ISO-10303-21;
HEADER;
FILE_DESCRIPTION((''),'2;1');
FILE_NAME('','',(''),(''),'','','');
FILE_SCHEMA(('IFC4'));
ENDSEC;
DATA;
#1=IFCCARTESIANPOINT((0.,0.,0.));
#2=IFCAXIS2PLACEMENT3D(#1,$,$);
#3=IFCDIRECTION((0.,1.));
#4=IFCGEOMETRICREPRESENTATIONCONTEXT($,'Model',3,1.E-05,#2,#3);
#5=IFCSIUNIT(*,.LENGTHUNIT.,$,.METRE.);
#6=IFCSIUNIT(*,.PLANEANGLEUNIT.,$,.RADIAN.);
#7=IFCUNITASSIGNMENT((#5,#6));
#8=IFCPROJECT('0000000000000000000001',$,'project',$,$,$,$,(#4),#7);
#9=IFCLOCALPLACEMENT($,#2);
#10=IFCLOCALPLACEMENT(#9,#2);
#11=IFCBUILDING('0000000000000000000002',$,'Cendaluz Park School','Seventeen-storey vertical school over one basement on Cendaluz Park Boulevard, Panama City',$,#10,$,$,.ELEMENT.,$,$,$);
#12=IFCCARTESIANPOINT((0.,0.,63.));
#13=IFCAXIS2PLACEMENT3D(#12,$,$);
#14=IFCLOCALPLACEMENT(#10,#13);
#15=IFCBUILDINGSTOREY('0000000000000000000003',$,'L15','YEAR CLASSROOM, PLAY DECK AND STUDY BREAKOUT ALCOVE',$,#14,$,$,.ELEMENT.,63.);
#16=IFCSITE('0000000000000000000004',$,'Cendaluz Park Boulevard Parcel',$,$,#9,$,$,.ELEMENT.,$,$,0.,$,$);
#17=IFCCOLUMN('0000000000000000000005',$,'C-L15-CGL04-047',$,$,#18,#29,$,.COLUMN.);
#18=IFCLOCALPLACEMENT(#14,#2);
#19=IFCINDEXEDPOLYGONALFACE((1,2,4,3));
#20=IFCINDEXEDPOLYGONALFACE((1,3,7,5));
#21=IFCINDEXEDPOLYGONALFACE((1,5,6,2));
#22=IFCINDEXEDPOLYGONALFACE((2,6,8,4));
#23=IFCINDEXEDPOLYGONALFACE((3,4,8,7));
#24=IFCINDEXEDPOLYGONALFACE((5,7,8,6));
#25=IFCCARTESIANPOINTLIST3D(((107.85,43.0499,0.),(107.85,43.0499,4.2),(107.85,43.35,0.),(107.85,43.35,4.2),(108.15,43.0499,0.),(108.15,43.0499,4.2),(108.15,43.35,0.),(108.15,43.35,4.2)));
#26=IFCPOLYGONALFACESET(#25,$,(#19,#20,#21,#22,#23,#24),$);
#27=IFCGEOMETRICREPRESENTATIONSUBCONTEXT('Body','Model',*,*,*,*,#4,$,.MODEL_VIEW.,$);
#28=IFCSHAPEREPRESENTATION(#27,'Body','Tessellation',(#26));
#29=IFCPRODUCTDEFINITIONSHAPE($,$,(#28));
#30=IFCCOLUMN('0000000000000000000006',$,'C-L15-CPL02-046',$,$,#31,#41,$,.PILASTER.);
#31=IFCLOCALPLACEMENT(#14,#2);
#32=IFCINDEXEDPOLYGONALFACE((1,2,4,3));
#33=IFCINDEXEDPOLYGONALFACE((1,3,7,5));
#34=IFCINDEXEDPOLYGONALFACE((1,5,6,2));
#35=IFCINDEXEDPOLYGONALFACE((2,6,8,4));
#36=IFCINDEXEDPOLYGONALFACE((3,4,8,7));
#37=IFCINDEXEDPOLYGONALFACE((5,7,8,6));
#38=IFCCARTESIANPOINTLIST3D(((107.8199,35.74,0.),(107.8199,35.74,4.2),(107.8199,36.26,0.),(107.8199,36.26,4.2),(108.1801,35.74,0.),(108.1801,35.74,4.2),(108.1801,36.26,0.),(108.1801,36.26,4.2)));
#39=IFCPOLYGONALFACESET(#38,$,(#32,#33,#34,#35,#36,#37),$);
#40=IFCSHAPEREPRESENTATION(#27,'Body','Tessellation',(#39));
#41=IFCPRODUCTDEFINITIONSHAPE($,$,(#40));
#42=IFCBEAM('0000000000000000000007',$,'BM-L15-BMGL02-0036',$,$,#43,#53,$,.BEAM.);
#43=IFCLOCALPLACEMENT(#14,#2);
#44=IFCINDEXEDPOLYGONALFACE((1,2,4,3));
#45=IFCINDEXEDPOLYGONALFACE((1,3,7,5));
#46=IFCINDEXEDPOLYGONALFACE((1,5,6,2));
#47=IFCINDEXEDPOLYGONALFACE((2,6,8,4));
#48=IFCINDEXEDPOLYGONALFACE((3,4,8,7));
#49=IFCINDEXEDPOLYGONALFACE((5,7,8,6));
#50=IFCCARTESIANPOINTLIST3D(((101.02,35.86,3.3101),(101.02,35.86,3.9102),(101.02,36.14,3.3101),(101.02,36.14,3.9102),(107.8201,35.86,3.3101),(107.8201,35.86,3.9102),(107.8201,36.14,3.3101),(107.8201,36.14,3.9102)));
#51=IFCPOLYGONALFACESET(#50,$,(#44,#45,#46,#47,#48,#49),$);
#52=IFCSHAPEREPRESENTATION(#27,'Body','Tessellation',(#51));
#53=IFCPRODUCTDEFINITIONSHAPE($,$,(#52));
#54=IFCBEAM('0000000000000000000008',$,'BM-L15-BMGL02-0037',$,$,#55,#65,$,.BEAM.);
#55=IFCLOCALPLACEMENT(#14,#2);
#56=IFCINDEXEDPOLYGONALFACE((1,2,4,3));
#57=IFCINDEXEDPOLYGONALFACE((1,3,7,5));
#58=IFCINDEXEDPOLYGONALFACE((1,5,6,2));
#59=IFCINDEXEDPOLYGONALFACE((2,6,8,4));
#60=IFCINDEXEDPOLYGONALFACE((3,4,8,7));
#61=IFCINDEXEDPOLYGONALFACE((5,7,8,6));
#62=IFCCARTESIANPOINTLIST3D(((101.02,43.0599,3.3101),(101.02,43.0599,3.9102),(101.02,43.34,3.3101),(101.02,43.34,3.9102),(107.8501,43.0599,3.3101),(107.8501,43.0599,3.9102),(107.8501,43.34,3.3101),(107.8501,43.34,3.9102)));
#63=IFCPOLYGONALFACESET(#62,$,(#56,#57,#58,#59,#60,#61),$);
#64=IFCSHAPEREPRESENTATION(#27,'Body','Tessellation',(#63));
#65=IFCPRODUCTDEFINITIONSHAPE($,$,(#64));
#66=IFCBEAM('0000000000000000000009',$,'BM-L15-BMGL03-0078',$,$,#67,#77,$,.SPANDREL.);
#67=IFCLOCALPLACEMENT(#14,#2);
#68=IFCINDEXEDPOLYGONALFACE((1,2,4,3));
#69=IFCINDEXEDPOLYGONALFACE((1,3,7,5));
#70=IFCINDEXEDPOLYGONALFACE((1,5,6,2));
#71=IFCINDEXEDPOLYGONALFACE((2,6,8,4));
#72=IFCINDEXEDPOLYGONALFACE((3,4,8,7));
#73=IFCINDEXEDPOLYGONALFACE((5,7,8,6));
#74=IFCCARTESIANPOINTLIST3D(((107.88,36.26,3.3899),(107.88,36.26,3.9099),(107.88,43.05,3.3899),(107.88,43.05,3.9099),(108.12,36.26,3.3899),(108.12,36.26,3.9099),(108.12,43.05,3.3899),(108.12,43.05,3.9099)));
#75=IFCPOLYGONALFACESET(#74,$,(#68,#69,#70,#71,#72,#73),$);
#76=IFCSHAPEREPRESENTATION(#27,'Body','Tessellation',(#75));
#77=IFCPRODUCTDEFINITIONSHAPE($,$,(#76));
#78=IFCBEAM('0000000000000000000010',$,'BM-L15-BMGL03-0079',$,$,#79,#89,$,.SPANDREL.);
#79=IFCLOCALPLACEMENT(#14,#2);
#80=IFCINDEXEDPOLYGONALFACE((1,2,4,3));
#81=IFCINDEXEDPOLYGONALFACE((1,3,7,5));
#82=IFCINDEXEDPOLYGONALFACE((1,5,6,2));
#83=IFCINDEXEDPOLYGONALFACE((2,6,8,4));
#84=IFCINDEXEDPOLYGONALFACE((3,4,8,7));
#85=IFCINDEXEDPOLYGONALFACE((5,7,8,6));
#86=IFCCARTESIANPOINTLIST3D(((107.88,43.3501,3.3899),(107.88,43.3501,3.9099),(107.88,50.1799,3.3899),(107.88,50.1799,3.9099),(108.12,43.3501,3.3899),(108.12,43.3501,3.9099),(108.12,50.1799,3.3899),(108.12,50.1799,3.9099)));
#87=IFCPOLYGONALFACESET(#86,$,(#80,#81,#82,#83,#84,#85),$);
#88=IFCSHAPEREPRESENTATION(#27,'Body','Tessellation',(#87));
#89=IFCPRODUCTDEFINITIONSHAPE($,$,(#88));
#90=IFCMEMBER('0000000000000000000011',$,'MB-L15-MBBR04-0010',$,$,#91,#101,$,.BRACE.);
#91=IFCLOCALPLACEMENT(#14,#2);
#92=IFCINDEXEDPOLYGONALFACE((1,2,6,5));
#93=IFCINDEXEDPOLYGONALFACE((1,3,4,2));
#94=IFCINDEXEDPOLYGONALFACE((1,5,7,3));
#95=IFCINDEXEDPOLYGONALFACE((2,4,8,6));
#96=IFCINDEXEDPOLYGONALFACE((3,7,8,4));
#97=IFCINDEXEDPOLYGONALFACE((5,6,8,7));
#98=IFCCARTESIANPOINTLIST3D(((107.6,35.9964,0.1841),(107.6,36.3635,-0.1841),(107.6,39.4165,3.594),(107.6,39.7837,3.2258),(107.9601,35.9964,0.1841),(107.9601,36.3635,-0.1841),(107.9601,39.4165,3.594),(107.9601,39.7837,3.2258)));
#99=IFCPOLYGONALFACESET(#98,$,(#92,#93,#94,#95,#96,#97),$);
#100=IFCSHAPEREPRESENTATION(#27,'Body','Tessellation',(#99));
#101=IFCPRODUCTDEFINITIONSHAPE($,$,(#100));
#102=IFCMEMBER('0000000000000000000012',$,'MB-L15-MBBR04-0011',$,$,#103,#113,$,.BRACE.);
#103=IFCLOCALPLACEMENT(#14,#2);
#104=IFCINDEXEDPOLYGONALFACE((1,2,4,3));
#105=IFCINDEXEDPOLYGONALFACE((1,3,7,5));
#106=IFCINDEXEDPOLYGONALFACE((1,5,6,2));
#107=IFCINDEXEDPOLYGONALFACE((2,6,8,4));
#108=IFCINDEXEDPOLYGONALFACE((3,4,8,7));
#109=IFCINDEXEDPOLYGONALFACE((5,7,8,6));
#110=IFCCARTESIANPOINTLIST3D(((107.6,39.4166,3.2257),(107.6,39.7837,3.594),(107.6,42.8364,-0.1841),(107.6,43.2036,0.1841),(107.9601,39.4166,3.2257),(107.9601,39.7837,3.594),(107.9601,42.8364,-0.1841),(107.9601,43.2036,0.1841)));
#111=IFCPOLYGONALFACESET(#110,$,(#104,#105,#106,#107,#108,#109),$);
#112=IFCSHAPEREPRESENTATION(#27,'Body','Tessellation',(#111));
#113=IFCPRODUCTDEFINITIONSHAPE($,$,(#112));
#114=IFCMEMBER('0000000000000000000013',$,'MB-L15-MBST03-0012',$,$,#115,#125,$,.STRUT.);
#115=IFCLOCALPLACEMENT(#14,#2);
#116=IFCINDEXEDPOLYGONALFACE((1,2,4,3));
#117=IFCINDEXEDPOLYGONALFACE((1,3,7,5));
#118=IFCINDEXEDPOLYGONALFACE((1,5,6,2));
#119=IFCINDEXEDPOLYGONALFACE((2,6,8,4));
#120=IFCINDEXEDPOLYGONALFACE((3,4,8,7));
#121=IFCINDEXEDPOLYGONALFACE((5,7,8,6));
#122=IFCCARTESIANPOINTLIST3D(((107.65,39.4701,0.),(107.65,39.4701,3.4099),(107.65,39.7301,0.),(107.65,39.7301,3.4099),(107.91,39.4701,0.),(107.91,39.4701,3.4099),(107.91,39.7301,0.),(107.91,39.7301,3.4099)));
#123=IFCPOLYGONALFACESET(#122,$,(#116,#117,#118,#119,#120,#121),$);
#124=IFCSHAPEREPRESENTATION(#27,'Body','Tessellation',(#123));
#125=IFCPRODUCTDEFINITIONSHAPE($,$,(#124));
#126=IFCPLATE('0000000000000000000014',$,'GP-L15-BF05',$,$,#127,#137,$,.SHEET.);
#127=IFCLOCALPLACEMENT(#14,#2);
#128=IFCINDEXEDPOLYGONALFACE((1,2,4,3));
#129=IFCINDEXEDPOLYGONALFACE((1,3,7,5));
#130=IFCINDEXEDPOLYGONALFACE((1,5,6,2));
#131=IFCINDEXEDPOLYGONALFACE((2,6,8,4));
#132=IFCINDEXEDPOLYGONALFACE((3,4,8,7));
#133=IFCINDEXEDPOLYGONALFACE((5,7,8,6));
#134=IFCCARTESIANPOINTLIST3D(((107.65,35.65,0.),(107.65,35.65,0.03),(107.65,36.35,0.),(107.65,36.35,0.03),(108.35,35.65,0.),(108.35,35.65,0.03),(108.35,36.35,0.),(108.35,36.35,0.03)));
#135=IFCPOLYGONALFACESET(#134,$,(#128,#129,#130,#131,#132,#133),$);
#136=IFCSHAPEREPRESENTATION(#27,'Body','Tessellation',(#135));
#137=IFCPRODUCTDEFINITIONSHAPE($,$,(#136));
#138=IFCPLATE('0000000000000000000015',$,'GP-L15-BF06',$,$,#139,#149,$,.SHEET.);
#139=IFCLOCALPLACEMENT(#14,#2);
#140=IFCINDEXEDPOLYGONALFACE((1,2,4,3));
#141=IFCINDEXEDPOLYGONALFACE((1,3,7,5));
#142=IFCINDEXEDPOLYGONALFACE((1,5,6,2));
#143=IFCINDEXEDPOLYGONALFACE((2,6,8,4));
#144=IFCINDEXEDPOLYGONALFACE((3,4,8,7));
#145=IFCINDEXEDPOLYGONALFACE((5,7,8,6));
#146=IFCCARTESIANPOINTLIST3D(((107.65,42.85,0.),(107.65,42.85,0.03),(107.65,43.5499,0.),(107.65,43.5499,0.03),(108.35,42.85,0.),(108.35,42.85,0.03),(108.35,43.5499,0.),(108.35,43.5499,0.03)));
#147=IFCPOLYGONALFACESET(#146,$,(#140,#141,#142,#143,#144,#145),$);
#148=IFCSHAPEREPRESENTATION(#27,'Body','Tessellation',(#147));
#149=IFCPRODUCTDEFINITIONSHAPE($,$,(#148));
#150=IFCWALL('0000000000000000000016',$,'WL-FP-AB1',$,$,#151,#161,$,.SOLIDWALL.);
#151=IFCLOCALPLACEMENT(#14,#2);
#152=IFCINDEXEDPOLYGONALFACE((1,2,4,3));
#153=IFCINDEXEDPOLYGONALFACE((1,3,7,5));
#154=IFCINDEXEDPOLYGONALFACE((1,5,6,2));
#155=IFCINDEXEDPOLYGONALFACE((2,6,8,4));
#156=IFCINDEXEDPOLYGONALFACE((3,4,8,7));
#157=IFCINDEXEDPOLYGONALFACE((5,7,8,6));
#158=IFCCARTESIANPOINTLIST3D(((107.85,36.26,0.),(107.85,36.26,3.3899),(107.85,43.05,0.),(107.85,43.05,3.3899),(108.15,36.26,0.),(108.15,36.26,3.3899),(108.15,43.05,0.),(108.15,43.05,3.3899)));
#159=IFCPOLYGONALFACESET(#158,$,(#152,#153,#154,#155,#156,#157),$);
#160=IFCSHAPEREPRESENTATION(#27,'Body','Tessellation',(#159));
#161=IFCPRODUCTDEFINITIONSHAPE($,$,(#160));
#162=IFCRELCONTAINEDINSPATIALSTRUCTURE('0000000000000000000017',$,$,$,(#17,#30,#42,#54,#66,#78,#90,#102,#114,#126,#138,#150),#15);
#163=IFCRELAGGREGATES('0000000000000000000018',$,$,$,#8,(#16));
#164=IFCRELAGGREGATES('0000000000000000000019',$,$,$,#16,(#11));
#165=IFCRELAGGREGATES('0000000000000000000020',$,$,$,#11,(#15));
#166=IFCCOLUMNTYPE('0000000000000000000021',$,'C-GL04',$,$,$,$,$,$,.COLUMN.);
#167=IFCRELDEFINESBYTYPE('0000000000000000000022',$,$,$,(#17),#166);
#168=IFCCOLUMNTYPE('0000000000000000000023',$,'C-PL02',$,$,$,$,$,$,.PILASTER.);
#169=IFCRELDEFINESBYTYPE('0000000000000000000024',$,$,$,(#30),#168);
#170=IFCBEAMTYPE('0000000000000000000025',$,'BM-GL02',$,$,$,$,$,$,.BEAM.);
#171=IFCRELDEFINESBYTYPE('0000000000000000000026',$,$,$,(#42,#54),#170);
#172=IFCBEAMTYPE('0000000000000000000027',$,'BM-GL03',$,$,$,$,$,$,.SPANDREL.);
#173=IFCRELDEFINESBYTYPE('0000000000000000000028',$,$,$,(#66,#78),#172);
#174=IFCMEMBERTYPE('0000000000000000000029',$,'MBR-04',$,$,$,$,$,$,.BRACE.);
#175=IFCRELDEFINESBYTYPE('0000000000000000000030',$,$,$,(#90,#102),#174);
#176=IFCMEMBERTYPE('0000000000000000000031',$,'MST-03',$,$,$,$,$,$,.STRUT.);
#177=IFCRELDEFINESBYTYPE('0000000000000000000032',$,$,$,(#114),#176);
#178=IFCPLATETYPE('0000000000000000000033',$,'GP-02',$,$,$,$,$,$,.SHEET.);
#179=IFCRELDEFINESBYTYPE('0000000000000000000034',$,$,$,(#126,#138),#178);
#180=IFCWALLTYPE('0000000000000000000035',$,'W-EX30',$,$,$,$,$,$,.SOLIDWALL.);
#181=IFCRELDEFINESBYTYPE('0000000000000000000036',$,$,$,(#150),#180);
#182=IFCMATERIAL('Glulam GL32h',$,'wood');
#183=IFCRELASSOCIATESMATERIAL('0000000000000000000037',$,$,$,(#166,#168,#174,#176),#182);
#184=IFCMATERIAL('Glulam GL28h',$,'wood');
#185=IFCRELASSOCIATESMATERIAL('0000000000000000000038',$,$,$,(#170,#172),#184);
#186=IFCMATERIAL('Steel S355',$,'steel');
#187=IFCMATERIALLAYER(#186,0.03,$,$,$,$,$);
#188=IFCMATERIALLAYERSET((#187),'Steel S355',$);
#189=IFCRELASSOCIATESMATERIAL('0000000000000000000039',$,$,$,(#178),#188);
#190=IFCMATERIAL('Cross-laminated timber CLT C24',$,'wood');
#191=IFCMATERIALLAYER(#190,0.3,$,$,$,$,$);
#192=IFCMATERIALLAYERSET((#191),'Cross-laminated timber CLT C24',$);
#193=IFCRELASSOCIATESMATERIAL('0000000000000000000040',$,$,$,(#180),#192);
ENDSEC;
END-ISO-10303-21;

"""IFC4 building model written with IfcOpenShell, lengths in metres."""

from ifc_helpers import new_model, si_unit, direction, frame, frame_2d, origin, origin_2d, place, context, subcontext, project, spatial, rectangle, extrude, material, layer, layer_set, material_profile, profile_set, type_object, element, save


model = new_model("IFC4")

# Units and contexts
model_context = context("Model", 3, precision=1e-05, world=origin(), true_north=direction((0.0, 1.0)))
body_context = subcontext(model_context, "Body", "Model", "MODEL_VIEW")
ifc_project = project(units=[si_unit("LENGTHUNIT", "METRE"), si_unit("PLANEANGLEUNIT", "RADIAN")], contexts=[model_context])

# Site, building, storey
site_placement = place(None, origin())
site = spatial("IfcSite", under=ifc_project, at=site_placement, Name="Cendaluz Park Boulevard Parcel", CompositionType="ELEMENT", RefElevation=0.0)
building_placement = place(site_placement, origin())
building = spatial("IfcBuilding", under=site, at=building_placement, Name="Cendaluz Park School", Description="Seventeen-storey vertical school over one basement on Cendaluz Park Boulevard, Panama City", CompositionType="ELEMENT")
storey_placement = place(building_placement, frame((0.0, 0.0, 63.0)))
storey = spatial("IfcBuildingStorey", under=building, at=storey_placement, Name="L15", Description="YEAR CLASSROOM, PLAY DECK AND STUDY BREAKOUT ALCOVE", CompositionType="ELEMENT", Elevation=63.0)

# Columns
ifc_material_1 = material(Name="Glulam GL32h", Category="wood")
ifc_material_profile_1 = material_profile(ifc_material_1, rectangle(XDim=0.3, YDim=0.3, at=origin_2d()), Name="GL32h 300x300", Category="wood")
ifc_profile_set_1 = profile_set([ifc_material_profile_1], Name="Glulam GL32h")
column_type_1 = type_object("IfcColumnType", Name="C-GL04", PredefinedType="COLUMN", material=ifc_profile_set_1)
column_1_placement = place(storey_placement, frame((108.0, 43.2, 0.0), z_axis=(0.0, 0.0, 1.0), x_axis=(1.0, 0.0, 0.0)))
element("IfcColumn", 1, at=column_1_placement, inside=storey, type_object=column_type_1, Name="C-L15-CGL04-047", PredefinedType="COLUMN", context=body_context, shape_type="SweptSolid", body=[
    extrude(rectangle(XDim=0.3, YDim=0.3, at=origin_2d()), origin(), (0.0, 0.0, 1.0), 4.2),
])
ifc_material_profile_2 = material_profile(ifc_material_1, rectangle(XDim=0.3601, YDim=0.52, at=origin_2d()), Name="GL32h 360x520", Category="wood")
ifc_profile_set_2 = profile_set([ifc_material_profile_2], Name="Glulam GL32h")
column_type_2 = type_object("IfcColumnType", Name="C-PL02", PredefinedType="PILASTER", material=ifc_profile_set_2)
column_2_placement = place(storey_placement, frame((108.0, 36.0, 0.0), z_axis=(0.0, 0.0, 1.0), x_axis=(1.0, 0.0, 0.0)))
element("IfcColumn", 2, at=column_2_placement, inside=storey, type_object=column_type_2, Name="C-L15-CPL02-046", PredefinedType="PILASTER", context=body_context, shape_type="SweptSolid", body=[
    extrude(rectangle(XDim=0.3601, YDim=0.52, at=origin_2d()), origin(), (0.0, 0.0, 1.0), 4.2),
])

# Beams
ifc_material_2 = material(Name="Glulam GL28h", Category="wood")
ifc_material_profile_3 = material_profile(ifc_material_2, rectangle(XDim=0.28, YDim=0.6001, at=origin_2d()), Name="GL28h 280x600", Category="wood")
ifc_profile_set_3 = profile_set([ifc_material_profile_3], Name="Glulam GL28h")
beam_type_1 = type_object("IfcBeamType", Name="BM-GL02", PredefinedType="BEAM", material=ifc_profile_set_3)
beam_1_placement = place(storey_placement, frame((101.02, 36.0, 3.6101), z_axis=(1.0, 0.0, 0.0), x_axis=(0.0, 1.0, 0.0)))
element("IfcBeam", 3, at=beam_1_placement, inside=storey, type_object=beam_type_1, Name="BM-L15-BMGL02-0036", PredefinedType="BEAM", context=body_context, shape_type="SweptSolid", body=[
    extrude(rectangle(XDim=0.28, YDim=0.6001, at=origin_2d()), origin(), (0.0, 0.0, 1.0), 6.8),
])
beam_2_placement = place(storey_placement, frame((101.02, 43.2, 3.6101), z_axis=(1.0, 0.0, 0.0), x_axis=(0.0, 1.0, 0.0)))
element("IfcBeam", 4, at=beam_2_placement, inside=storey, type_object=beam_type_1, Name="BM-L15-BMGL02-0037", PredefinedType="BEAM", context=body_context, shape_type="SweptSolid", body=[
    extrude(rectangle(XDim=0.28, YDim=0.6001, at=origin_2d()), origin(), (0.0, 0.0, 1.0), 6.8301),
])
ifc_material_profile_4 = material_profile(ifc_material_2, rectangle(XDim=0.24, YDim=0.52, at=origin_2d()), Name="GL28h 240x520", Category="wood")
ifc_profile_set_4 = profile_set([ifc_material_profile_4], Name="Glulam GL28h")
beam_type_2 = type_object("IfcBeamType", Name="BM-GL03", PredefinedType="SPANDREL", material=ifc_profile_set_4)
beam_3_placement = place(storey_placement, frame((108.0, 36.26, 3.6499), z_axis=(0.0, 1.0, 0.0), x_axis=(-1.0, 0.0, 0.0)))
element("IfcBeam", 5, at=beam_3_placement, inside=storey, type_object=beam_type_2, Name="BM-L15-BMGL03-0078", PredefinedType="SPANDREL", context=body_context, shape_type="SweptSolid", body=[
    extrude(rectangle(XDim=0.24, YDim=0.52, at=origin_2d()), origin(), (0.0, 0.0, 1.0), 6.79),
])
beam_4_placement = place(storey_placement, frame((108.0, 43.3501, 3.6499), z_axis=(0.0, 1.0, 0.0), x_axis=(-1.0, 0.0, 0.0)))
element("IfcBeam", 6, at=beam_4_placement, inside=storey, type_object=beam_type_2, Name="BM-L15-BMGL03-0079", PredefinedType="SPANDREL", context=body_context, shape_type="SweptSolid", body=[
    extrude(rectangle(XDim=0.24, YDim=0.52, at=origin_2d()), origin(), (0.0, 0.0, 1.0), 6.8298),
])

# Members
ifc_material_profile_5 = material_profile(ifc_material_1, rectangle(XDim=0.3601, YDim=0.52, at=origin_2d()), Name="GL32h 360x520", Category="wood")
ifc_profile_set_5 = profile_set([ifc_material_profile_5], Name="Glulam GL32h")
member_type_1 = type_object("IfcMemberType", Name="MBR-04", PredefinedType="BRACE", material=ifc_profile_set_5)
member_1_placement = place(storey_placement, frame((107.78, 36.1799, 0.0), z_axis=(0.0, 0.708168, 0.706044), x_axis=(-1.0, 0.0, 0.0)))
element("IfcMember", 7, at=member_1_placement, inside=storey, type_object=member_type_1, Name="MB-L15-MBBR04-0010", PredefinedType="BRACE", context=body_context, shape_type="SweptSolid", body=[
    extrude(rectangle(XDim=0.3601, YDim=0.52, at=origin_2d()), origin(), (0.0, 0.0, 1.0), 4.8296),
])
member_2_placement = place(storey_placement, frame((107.78, 43.02, 0.0), z_axis=(0.0, -0.708142, 0.70607), x_axis=(1.0, 0.0, 0.0)))
element("IfcMember", 8, at=member_2_placement, inside=storey, type_object=member_type_1, Name="MB-L15-MBBR04-0011", PredefinedType="BRACE", context=body_context, shape_type="SweptSolid", body=[
    extrude(rectangle(XDim=0.3601, YDim=0.52, at=origin_2d()), origin(), (0.0, 0.0, 1.0), 4.8293),
])
ifc_material_profile_6 = material_profile(ifc_material_1, rectangle(XDim=0.26, YDim=0.26, at=origin_2d()), Name="GL32h 260x260", Category="wood")
ifc_profile_set_6 = profile_set([ifc_material_profile_6], Name="Glulam GL32h")
member_type_2 = type_object("IfcMemberType", Name="MST-03", PredefinedType="STRUT", material=ifc_profile_set_6)
member_3_placement = place(storey_placement, frame((107.78, 39.6001, 0.0), z_axis=(0.0, 0.0, 1.0), x_axis=(1.0, 0.0, 0.0)))
element("IfcMember", 9, at=member_3_placement, inside=storey, type_object=member_type_2, Name="MB-L15-MBST03-0012", PredefinedType="STRUT", context=body_context, shape_type="SweptSolid", body=[
    extrude(rectangle(XDim=0.26, YDim=0.26, at=origin_2d()), origin(), (0.0, 0.0, 1.0), 3.4099),
])

# Plates
ifc_material_3 = material(Name="Steel S355", Category="steel")
ifc_layer_1 = layer(ifc_material_3, 0.03)
ifc_layer_set_1 = layer_set([ifc_layer_1], Name="Steel S355")
plate_type = type_object("IfcPlateType", Name="GP-02", PredefinedType="SHEET", material=ifc_layer_set_1)
for number, where, z_axis, x_axis, name in (
    (10, (108.0, 36.0, 0.0), (0.0, 0.0, 1.0), (1.0, 0.0, 0.0), "GP-L15-BF05"),
    (11, (108.0, 43.2, 0.0), (0.0, 0.0, 1.0), (1.0, 0.0, 0.0), "GP-L15-BF06"),
):
    element("IfcPlate", number, at=place(storey_placement, frame(where, z_axis=z_axis, x_axis=x_axis)), inside=storey, type_object=plate_type, Name=name, PredefinedType="SHEET", context=body_context, shape_type="SweptSolid", body=[
        extrude(rectangle(XDim=0.7, YDim=0.7, at=origin_2d()), origin(), (0.0, 0.0, 1.0), 0.03),
    ])

# Wall
ifc_material_4 = material(Name="Cross-laminated timber CLT C24", Category="wood")
ifc_layer_2 = layer(ifc_material_4, 0.3)
ifc_layer_set_2 = layer_set([ifc_layer_2], Name="Cross-laminated timber CLT C24")
wall_type_1 = type_object("IfcWallType", Name="W-EX30", PredefinedType="SOLIDWALL", material=ifc_layer_set_2)
wall_1_placement = place(storey_placement, frame((108.0, 36.26, 0.0), z_axis=(0.0, 0.0, 1.0), x_axis=(0.0, 1.0, 0.0)))
element("IfcWall", 12, at=wall_1_placement, inside=storey, type_object=wall_type_1, Name="WL-FP-AB1", PredefinedType="SOLIDWALL", context=body_context, shape_type="SweptSolid", body=[
    extrude(rectangle(XDim=6.79, YDim=0.3, at=frame_2d((3.395, 0.0))), origin(), (0.0, 0.0, 1.0), 3.3899),
])

save(model, "model.ifc")
